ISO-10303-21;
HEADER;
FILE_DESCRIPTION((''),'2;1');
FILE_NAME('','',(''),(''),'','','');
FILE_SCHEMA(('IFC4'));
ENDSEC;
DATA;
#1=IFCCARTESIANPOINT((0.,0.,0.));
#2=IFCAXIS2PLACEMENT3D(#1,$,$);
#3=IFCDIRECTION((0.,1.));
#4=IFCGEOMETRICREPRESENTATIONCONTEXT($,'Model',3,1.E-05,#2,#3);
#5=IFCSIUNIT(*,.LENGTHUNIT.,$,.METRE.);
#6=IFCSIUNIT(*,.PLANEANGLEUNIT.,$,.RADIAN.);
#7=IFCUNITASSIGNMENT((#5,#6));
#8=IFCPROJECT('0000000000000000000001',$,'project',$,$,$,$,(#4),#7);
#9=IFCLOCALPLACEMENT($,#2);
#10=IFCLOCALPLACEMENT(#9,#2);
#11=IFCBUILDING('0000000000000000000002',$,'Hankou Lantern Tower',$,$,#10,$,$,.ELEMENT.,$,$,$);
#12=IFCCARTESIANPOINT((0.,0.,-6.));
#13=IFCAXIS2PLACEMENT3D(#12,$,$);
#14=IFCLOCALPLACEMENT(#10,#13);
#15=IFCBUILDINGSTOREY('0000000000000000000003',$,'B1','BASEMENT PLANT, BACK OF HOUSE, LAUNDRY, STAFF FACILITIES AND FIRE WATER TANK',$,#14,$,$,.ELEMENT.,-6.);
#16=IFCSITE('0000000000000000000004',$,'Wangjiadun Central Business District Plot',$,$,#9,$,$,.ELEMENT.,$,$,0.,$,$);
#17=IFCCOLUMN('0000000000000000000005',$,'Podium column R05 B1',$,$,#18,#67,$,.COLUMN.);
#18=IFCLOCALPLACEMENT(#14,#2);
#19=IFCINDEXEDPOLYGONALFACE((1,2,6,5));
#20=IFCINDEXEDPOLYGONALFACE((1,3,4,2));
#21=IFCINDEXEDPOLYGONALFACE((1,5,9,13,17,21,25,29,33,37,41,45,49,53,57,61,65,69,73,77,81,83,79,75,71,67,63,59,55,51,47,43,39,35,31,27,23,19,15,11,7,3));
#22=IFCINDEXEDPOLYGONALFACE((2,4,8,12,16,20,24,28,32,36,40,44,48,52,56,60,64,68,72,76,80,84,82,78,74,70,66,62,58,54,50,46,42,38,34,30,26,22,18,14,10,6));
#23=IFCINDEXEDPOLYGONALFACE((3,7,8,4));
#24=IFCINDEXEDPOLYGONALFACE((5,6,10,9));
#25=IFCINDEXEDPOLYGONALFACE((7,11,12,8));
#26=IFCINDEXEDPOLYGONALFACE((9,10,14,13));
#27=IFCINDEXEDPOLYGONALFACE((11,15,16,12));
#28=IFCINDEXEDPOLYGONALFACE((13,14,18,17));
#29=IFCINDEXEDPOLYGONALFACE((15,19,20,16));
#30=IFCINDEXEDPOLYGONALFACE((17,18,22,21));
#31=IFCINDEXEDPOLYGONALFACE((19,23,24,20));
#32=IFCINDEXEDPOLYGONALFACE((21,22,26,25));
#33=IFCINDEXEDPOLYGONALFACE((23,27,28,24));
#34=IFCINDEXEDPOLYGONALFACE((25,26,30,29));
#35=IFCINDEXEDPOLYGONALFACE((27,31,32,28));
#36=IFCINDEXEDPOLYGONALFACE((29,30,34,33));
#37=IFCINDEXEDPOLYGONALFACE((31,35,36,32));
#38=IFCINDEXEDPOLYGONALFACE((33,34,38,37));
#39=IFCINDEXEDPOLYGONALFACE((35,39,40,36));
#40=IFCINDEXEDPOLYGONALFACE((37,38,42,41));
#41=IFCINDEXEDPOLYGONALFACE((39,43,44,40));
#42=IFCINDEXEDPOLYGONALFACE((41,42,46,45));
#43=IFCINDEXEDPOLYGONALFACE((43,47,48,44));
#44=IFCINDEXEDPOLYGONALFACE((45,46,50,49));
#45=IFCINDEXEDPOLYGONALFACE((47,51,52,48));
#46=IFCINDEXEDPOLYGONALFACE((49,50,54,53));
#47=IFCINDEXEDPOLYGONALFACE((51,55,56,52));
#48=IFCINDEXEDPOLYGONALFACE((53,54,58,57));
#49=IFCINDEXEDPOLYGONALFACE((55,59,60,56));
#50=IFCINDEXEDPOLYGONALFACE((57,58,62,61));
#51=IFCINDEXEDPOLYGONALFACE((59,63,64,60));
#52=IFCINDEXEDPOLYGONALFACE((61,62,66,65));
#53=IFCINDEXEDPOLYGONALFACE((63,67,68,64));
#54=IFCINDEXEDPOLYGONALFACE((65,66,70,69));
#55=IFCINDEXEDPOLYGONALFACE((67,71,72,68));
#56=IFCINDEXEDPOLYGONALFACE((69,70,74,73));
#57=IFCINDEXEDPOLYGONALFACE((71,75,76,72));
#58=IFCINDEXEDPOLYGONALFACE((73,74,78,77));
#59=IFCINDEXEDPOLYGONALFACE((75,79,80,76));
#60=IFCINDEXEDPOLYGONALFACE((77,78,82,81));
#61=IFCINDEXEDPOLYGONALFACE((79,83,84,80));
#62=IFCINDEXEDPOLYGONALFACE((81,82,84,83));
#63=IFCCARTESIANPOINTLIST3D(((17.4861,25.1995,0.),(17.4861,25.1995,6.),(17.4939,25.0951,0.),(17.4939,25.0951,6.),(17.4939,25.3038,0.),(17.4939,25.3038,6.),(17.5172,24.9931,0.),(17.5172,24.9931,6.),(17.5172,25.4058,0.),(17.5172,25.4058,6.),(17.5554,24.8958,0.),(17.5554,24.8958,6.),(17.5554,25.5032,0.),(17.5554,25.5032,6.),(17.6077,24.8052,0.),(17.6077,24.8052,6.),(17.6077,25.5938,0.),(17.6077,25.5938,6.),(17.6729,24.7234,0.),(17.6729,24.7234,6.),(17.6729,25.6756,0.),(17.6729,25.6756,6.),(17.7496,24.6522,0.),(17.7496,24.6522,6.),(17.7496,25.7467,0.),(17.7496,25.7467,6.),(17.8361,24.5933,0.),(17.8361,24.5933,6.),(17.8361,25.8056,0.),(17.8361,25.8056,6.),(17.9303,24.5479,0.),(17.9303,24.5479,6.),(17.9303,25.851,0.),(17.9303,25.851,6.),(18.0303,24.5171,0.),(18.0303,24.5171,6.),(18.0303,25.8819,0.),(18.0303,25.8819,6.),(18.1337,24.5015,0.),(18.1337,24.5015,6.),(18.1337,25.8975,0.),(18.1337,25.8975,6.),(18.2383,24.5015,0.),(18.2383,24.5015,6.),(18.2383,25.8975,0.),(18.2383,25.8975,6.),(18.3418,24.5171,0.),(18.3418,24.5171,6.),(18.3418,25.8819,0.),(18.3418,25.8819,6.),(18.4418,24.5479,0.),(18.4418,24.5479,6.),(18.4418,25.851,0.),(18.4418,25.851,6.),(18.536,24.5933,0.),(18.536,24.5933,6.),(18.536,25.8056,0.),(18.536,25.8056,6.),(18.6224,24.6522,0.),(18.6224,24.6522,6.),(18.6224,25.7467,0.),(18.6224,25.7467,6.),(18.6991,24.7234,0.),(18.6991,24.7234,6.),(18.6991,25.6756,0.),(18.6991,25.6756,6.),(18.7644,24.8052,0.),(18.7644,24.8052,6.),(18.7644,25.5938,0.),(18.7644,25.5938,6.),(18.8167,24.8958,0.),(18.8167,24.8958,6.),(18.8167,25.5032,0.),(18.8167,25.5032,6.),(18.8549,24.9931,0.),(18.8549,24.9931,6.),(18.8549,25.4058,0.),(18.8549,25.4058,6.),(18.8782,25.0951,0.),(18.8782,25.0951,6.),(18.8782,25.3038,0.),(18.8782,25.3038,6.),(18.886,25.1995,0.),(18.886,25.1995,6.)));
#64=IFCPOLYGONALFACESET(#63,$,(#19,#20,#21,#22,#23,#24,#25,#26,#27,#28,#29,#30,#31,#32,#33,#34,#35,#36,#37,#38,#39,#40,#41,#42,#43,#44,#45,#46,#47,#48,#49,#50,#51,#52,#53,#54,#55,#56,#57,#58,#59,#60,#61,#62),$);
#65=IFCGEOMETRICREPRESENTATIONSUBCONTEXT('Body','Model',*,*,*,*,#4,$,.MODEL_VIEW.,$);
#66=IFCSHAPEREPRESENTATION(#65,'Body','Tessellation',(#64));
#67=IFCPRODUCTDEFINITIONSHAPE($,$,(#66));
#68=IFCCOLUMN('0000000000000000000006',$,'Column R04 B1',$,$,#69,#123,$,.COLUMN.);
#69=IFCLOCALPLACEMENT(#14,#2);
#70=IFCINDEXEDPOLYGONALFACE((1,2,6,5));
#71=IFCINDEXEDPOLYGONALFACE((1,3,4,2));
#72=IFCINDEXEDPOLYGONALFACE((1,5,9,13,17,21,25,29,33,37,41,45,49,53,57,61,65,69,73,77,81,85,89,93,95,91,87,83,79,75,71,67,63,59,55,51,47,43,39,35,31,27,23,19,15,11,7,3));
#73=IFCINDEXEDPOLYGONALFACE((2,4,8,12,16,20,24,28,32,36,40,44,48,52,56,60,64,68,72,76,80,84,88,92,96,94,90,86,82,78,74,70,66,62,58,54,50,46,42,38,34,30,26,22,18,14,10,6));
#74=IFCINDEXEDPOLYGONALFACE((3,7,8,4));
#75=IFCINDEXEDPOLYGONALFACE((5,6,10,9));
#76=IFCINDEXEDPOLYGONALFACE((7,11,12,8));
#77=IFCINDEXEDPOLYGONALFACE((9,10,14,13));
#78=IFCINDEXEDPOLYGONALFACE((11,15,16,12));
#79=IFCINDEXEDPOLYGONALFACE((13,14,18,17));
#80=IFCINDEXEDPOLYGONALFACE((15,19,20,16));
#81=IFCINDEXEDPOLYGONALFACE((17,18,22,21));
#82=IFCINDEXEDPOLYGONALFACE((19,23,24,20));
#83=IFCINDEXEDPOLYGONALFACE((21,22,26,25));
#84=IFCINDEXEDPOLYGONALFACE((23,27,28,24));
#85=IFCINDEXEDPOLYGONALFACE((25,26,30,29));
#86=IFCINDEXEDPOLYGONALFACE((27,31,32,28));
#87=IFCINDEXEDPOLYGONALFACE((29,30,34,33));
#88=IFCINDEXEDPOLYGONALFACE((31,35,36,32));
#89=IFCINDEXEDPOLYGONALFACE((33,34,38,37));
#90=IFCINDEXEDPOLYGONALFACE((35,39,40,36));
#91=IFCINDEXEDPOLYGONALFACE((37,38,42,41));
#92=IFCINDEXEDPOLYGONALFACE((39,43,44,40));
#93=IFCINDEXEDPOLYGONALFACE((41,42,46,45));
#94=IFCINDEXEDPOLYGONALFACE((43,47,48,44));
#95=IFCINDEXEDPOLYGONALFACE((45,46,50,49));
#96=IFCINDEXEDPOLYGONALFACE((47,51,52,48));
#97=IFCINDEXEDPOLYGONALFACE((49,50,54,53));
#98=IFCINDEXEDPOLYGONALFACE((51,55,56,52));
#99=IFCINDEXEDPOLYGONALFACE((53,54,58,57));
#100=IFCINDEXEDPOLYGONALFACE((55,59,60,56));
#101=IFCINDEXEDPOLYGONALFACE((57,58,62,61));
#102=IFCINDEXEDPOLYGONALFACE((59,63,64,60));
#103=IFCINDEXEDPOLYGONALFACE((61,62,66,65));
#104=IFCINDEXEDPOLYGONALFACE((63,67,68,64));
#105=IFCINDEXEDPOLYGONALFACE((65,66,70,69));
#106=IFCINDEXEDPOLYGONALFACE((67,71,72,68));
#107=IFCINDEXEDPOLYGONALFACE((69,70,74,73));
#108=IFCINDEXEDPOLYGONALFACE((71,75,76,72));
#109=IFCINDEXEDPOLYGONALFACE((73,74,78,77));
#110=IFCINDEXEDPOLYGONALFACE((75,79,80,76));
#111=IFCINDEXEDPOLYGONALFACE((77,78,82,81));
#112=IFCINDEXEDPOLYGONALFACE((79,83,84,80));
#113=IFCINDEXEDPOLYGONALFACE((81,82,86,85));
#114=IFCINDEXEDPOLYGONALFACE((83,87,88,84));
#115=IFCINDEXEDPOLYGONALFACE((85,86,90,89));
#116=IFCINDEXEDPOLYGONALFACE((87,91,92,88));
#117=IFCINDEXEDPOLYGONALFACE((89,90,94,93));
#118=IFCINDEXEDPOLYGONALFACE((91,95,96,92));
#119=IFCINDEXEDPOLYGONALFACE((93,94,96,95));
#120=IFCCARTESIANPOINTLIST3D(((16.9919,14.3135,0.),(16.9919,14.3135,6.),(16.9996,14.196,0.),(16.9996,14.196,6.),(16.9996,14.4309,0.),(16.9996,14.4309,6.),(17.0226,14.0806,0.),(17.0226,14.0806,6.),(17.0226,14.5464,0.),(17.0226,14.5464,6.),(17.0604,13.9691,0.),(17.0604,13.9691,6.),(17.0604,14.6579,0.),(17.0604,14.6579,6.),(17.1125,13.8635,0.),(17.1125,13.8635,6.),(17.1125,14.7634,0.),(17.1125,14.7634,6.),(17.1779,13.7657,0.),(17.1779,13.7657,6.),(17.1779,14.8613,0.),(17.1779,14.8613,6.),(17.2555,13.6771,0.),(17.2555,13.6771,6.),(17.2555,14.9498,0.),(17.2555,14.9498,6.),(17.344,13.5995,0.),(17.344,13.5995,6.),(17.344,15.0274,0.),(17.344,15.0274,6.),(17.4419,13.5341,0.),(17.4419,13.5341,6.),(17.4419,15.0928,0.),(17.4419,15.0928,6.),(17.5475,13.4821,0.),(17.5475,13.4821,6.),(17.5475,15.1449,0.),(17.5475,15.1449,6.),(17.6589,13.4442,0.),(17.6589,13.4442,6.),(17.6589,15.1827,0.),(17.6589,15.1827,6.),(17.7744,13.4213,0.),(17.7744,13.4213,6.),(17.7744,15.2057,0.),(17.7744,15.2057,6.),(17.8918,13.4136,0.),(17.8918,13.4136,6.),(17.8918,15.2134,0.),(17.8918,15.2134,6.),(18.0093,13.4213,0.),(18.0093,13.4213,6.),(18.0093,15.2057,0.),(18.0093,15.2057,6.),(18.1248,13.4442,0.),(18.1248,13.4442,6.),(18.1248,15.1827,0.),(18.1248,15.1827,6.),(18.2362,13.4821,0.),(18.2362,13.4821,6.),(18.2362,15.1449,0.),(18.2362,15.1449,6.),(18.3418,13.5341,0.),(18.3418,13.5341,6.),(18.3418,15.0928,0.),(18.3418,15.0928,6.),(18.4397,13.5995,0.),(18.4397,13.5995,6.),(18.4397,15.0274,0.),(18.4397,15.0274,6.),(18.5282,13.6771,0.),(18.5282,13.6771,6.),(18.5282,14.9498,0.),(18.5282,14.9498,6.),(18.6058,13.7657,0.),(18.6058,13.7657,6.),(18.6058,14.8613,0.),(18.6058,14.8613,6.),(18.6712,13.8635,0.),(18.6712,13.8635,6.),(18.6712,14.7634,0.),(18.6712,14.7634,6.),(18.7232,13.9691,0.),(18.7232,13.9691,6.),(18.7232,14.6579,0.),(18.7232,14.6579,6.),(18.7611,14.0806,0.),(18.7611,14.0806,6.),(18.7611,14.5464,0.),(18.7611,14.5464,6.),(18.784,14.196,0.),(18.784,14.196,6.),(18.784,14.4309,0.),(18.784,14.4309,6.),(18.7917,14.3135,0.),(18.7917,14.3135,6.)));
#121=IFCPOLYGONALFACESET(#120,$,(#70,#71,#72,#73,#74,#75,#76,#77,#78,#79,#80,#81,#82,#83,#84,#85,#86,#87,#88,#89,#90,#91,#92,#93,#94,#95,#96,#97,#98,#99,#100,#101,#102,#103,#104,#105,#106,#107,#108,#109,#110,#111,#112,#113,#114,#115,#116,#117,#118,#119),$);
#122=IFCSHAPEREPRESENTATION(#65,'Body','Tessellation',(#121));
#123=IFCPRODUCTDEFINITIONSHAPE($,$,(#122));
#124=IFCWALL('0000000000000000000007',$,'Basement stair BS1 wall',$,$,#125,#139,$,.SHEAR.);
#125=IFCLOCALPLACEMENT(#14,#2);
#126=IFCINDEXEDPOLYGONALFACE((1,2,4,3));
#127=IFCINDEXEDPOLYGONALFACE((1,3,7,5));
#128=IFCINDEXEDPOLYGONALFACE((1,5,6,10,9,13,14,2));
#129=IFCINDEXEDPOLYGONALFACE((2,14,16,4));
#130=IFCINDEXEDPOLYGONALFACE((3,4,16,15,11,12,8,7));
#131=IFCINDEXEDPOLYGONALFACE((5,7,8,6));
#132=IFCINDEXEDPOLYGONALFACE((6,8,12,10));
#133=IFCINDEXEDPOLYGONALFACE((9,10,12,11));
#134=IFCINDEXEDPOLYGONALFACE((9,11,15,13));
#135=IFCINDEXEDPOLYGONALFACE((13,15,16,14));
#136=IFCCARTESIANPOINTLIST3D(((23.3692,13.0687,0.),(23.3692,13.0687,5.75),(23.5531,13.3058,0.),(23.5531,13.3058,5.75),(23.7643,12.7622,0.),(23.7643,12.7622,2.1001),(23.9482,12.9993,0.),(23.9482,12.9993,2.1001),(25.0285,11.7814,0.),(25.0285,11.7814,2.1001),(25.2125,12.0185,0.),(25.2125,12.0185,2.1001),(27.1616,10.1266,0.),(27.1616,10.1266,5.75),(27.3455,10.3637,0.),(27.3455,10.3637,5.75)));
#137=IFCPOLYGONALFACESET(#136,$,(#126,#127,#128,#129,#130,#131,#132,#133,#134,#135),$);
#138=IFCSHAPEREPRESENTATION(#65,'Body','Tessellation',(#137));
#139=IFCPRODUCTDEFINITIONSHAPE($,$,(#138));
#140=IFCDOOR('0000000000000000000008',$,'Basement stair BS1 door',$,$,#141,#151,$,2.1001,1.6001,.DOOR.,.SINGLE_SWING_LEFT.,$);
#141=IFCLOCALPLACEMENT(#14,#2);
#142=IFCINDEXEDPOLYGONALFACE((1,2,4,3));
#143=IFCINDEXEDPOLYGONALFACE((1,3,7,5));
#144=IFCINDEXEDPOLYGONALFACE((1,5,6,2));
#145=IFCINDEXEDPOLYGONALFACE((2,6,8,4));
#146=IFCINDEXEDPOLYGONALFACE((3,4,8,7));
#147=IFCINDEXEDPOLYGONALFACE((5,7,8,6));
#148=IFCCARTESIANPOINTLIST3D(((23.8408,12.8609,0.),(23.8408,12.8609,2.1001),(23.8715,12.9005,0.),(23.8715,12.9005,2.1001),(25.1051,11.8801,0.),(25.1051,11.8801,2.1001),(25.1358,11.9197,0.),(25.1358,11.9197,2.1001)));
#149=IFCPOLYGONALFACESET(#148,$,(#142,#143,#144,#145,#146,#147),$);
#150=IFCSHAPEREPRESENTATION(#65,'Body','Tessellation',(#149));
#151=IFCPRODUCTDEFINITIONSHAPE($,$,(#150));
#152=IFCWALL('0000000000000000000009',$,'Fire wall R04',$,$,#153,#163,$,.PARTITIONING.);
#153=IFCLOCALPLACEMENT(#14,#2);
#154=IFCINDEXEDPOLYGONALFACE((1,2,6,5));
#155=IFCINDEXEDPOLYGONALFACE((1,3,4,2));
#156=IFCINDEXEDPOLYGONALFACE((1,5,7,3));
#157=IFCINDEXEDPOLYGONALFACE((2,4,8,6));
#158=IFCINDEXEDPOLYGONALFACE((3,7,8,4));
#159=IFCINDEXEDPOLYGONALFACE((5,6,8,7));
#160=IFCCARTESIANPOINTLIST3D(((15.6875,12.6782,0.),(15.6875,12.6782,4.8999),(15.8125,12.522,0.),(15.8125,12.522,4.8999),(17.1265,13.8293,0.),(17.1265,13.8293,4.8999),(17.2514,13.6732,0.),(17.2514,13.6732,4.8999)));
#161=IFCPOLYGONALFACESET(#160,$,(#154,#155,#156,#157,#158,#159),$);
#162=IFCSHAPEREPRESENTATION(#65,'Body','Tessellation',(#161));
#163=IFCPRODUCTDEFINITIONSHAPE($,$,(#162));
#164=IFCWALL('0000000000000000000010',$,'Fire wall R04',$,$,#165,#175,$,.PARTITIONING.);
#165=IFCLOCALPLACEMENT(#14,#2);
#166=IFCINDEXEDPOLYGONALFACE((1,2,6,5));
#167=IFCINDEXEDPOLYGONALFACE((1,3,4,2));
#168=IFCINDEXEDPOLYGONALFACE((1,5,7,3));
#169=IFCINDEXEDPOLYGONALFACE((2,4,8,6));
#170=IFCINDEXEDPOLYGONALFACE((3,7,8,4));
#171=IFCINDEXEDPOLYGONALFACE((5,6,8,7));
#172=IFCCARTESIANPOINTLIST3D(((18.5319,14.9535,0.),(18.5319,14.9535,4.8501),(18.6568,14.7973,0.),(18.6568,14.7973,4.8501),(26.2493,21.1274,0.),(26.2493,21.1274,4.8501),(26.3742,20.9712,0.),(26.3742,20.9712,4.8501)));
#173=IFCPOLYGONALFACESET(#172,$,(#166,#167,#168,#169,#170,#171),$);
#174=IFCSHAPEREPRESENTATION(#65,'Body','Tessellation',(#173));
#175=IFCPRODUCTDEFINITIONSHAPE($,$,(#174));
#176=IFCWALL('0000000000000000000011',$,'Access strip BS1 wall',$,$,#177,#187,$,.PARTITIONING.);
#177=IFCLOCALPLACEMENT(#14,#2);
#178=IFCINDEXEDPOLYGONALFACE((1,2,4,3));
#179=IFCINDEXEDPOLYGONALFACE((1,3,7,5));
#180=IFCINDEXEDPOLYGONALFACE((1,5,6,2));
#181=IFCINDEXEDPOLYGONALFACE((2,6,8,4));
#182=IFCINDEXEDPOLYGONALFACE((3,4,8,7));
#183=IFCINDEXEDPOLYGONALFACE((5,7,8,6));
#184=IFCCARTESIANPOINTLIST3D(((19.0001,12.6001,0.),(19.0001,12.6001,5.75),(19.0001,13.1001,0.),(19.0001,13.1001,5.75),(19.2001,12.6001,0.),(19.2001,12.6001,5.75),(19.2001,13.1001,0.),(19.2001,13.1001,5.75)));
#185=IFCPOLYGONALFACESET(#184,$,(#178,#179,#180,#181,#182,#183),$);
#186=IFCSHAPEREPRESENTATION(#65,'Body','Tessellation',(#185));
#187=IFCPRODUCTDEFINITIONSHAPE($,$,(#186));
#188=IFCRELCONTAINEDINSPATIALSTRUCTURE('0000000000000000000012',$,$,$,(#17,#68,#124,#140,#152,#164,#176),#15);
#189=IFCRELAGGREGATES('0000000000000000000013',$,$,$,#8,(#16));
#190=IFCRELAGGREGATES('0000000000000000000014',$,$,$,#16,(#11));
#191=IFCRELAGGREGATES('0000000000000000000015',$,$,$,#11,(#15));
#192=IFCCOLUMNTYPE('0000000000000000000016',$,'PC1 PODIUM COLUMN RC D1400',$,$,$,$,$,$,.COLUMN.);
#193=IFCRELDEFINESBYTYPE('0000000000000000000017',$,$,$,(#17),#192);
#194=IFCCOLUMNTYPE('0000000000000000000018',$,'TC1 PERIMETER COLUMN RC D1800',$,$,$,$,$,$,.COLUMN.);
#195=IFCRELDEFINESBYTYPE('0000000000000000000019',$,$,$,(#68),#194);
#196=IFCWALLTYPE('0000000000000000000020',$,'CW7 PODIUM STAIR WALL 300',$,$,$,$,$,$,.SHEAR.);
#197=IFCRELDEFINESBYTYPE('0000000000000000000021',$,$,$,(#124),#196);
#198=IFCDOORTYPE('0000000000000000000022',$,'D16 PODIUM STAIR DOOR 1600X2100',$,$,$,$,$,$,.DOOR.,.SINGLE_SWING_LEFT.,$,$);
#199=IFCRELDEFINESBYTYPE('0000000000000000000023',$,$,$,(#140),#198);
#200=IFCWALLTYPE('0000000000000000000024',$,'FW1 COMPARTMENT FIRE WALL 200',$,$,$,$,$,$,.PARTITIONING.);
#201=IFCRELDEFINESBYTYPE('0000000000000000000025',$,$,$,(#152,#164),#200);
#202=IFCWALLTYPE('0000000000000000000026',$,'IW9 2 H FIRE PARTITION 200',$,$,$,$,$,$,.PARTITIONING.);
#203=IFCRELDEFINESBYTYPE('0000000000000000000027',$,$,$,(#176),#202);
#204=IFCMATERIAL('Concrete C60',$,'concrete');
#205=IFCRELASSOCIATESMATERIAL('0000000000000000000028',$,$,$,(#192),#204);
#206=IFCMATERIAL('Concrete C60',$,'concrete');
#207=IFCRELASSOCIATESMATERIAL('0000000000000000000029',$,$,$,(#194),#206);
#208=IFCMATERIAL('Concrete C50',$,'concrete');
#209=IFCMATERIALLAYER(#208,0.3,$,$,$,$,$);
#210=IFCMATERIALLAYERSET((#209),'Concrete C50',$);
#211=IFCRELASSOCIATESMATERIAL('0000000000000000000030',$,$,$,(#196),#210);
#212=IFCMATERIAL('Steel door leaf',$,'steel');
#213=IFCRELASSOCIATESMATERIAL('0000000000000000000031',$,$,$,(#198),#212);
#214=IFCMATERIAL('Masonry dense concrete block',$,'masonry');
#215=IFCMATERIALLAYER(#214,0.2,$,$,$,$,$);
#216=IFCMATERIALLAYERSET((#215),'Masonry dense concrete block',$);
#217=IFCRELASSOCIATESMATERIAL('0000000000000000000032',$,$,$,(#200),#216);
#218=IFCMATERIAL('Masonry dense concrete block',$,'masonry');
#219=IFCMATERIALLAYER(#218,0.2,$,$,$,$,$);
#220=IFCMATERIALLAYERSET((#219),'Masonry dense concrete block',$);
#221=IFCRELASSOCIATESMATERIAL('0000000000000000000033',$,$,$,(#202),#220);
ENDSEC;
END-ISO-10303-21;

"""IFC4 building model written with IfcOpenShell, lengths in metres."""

from ifc_helpers import new_model, si_unit, direction, frame, frame_2d, origin, origin_2d, place, context, subcontext, project, spatial, rectangle, circle, extrude, material, layer, layer_set, material_profile, profile_set, type_object, element, fill, save


model = new_model("IFC4")

# Units and contexts
model_context = context("Model", 3, precision=1e-05, world=origin(), true_north=direction((0.0, 1.0)))
body_context = subcontext(model_context, "Body", "Model", "MODEL_VIEW")
ifc_project = project(units=[si_unit("LENGTHUNIT", "METRE"), si_unit("PLANEANGLEUNIT", "RADIAN")], contexts=[model_context])

# Site, building, storey
site_placement = place(None, origin())
site = spatial("IfcSite", under=ifc_project, at=site_placement, Name="Wangjiadun Central Business District Plot", CompositionType="ELEMENT", RefElevation=0.0)
building_placement = place(site_placement, origin())
building = spatial("IfcBuilding", under=site, at=building_placement, Name="Hankou Lantern Tower", CompositionType="ELEMENT")
storey_placement = place(building_placement, frame((0.0, 0.0, -6.0)))
storey = spatial("IfcBuildingStorey", under=building, at=storey_placement, Name="B1", Description="BASEMENT PLANT, BACK OF HOUSE, LAUNDRY, STAFF FACILITIES AND FIRE WATER TANK", CompositionType="ELEMENT", Elevation=-6.0)

# Columns
ifc_material_1 = material(Name="Concrete C60", Category="concrete")
ifc_material_profile_1 = material_profile(ifc_material_1, circle(Radius=0.7, at=origin_2d()), Name="RC D1400")
ifc_profile_set_1 = profile_set([ifc_material_profile_1], Name="Concrete C60")
column_type_1 = type_object("IfcColumnType", Name="PC1 PODIUM COLUMN RC D1400", PredefinedType="COLUMN", material=ifc_profile_set_1)
column_1_placement = place(storey_placement, frame((18.186, 25.1995, 0.0), z_axis=(0.0, 0.0, 1.0), x_axis=(1.0, 0.0, 0.0)))
element("IfcColumn", 1, at=column_1_placement, inside=storey, type_object=column_type_1, Name="Podium column R05 B1", PredefinedType="COLUMN", context=body_context, shape_type="SweptSolid", body=[
    extrude(circle(Radius=0.7, at=origin_2d()), origin(), (0.0, 0.0, 1.0), 6.0),
])
ifc_material_2 = material(Name="Concrete C60", Category="concrete")
ifc_material_profile_2 = material_profile(ifc_material_2, circle(Radius=0.8999, at=origin_2d()), Name="RC D1800")
ifc_profile_set_2 = profile_set([ifc_material_profile_2], Name="Concrete C60")
column_type_2 = type_object("IfcColumnType", Name="TC1 PERIMETER COLUMN RC D1800", PredefinedType="COLUMN", material=ifc_profile_set_2)
column_2_placement = place(storey_placement, frame((17.8918, 14.3135, 0.0), z_axis=(0.0, 0.0, 1.0), x_axis=(1.0, 0.0, 0.0)))
element("IfcColumn", 2, at=column_2_placement, inside=storey, type_object=column_type_2, Name="Column R04 B1", PredefinedType="COLUMN", context=body_context, shape_type="SweptSolid", body=[
    extrude(circle(Radius=0.8999, at=origin_2d()), origin(), (0.0, 0.0, 1.0), 6.0),
])

# Wall, opening, door
ifc_material_3 = material(Name="Concrete C50", Category="concrete")
ifc_layer_1 = layer(ifc_material_3, 0.3)
ifc_layer_set_1 = layer_set([ifc_layer_1], Name="Concrete C50")
wall_type_1 = type_object("IfcWallType", Name="CW7 PODIUM STAIR WALL 300", PredefinedType="SHEAR", material=ifc_layer_set_1)
wall_1_placement = place(storey_placement, frame((23.4612, 13.1873, 0.0), z_axis=(0.0, 0.0, 1.0), x_axis=(0.790116, -0.612958, 0.0)))
wall_1 = element("IfcWall", 3, at=wall_1_placement, inside=storey, type_object=wall_type_1, Name="Basement stair BS1 wall", PredefinedType="SHEAR", context=body_context, shape_type="SweptSolid", body=[
    extrude(rectangle(XDim=4.7998, YDim=0.3, at=frame_2d((2.3999, 0.0))), origin(), (0.0, 0.0, 1.0), 5.75),
])
opening_1_placement = place(wall_1_placement, frame((0.5, 0.0, 0.0)))
opening_1 = element("IfcOpeningElement", 4, at=opening_1_placement, cuts=wall_1, PredefinedType="OPENING", context=body_context, shape_type="SweptSolid", body=[
    extrude(rectangle(XDim=1.6001, YDim=2.1001, at=frame_2d((0.8, 1.05))), frame((0.0, 0.1599, 0.0), z_axis=(0.0, -1.0, 0.0), x_axis=(1.0, 0.0, 0.0)), (0.0, 0.0, 1.0), 0.3201),
])
ifc_material_4 = material(Name="Steel door leaf", Category="steel")
door_type_1 = type_object("IfcDoorType", Name="D16 PODIUM STAIR DOOR 1600X2100", OperationType="SINGLE_SWING_LEFT", PredefinedType="DOOR", material=ifc_material_4)
door_1_placement = place(opening_1_placement, origin())
door_1 = element("IfcDoor", 5, at=door_1_placement, inside=storey, type_object=door_type_1, Name="Basement stair BS1 door", OperationType="SINGLE_SWING_LEFT", OverallHeight=2.1001, OverallWidth=1.6001, PredefinedType="DOOR", context=body_context, shape_type="SweptSolid", body=[
    extrude(rectangle(XDim=1.6001, YDim=2.1001, at=frame_2d((0.8, 1.05))), frame((0.0, 0.0249, 0.0), z_axis=(0.0, -1.0, 0.0), x_axis=(1.0, 0.0, 0.0)), (0.0, 0.0, 1.0), 0.05),
])
fill(opening_1, door_1)

# Walls
ifc_material_5 = material(Name="Masonry dense concrete block", Category="masonry")
ifc_layer_2 = layer(ifc_material_5, 0.2)
ifc_layer_set_2 = layer_set([ifc_layer_2], Name="Masonry dense concrete block")
wall_type_2 = type_object("IfcWallType", Name="FW1 COMPARTMENT FIRE WALL 200", PredefinedType="PARTITIONING", material=ifc_layer_set_2)
wall_2_placement = place(storey_placement, frame((15.75, 12.6001, 0.0), z_axis=(0.0, 0.0, 1.0), x_axis=(0.780882, 0.624679, 0.0)))
element("IfcWall", 6, at=wall_2_placement, inside=storey, type_object=wall_type_2, Name="Fire wall R04", PredefinedType="PARTITIONING", context=body_context, shape_type="SweptSolid", body=[
    extrude(rectangle(XDim=1.8428, YDim=0.2, at=frame_2d((0.9214, 0.0))), origin(), (0.0, 0.0, 1.0), 4.8999),
])
wall_3_placement = place(storey_placement, frame((18.5945, 14.8755, 0.0), z_axis=(0.0, 0.0, 1.0), x_axis=(0.780869, 0.624695, 0.0)))
element("IfcWall", 7, at=wall_3_placement, inside=storey, type_object=wall_type_2, Name="Fire wall R04", PredefinedType="PARTITIONING", context=body_context, shape_type="SweptSolid", body=[
    extrude(rectangle(XDim=9.8831, YDim=0.2, at=frame_2d((4.9414, 0.0))), origin(), (0.0, 0.0, 1.0), 4.8501),
])
ifc_material_6 = material(Name="Masonry dense concrete block", Category="masonry")
ifc_layer_3 = layer(ifc_material_6, 0.2)
ifc_layer_set_3 = layer_set([ifc_layer_3], Name="Masonry dense concrete block")
wall_type_3 = type_object("IfcWallType", Name="IW9 2 H FIRE PARTITION 200", PredefinedType="PARTITIONING", material=ifc_layer_set_3)
wall_4_placement = place(storey_placement, frame((19.1001, 13.1001, 0.0), z_axis=(0.0, 0.0, 1.0), x_axis=(0.0, -1.0, 0.0)))
element("IfcWall", 8, at=wall_4_placement, inside=storey, type_object=wall_type_3, Name="Access strip BS1 wall", PredefinedType="PARTITIONING", context=body_context, shape_type="SweptSolid", body=[
    extrude(rectangle(XDim=0.5, YDim=0.2, at=frame_2d((0.25, 0.0))), origin(), (0.0, 0.0, 1.0), 5.75),
])

save(model, "model.ifc")
